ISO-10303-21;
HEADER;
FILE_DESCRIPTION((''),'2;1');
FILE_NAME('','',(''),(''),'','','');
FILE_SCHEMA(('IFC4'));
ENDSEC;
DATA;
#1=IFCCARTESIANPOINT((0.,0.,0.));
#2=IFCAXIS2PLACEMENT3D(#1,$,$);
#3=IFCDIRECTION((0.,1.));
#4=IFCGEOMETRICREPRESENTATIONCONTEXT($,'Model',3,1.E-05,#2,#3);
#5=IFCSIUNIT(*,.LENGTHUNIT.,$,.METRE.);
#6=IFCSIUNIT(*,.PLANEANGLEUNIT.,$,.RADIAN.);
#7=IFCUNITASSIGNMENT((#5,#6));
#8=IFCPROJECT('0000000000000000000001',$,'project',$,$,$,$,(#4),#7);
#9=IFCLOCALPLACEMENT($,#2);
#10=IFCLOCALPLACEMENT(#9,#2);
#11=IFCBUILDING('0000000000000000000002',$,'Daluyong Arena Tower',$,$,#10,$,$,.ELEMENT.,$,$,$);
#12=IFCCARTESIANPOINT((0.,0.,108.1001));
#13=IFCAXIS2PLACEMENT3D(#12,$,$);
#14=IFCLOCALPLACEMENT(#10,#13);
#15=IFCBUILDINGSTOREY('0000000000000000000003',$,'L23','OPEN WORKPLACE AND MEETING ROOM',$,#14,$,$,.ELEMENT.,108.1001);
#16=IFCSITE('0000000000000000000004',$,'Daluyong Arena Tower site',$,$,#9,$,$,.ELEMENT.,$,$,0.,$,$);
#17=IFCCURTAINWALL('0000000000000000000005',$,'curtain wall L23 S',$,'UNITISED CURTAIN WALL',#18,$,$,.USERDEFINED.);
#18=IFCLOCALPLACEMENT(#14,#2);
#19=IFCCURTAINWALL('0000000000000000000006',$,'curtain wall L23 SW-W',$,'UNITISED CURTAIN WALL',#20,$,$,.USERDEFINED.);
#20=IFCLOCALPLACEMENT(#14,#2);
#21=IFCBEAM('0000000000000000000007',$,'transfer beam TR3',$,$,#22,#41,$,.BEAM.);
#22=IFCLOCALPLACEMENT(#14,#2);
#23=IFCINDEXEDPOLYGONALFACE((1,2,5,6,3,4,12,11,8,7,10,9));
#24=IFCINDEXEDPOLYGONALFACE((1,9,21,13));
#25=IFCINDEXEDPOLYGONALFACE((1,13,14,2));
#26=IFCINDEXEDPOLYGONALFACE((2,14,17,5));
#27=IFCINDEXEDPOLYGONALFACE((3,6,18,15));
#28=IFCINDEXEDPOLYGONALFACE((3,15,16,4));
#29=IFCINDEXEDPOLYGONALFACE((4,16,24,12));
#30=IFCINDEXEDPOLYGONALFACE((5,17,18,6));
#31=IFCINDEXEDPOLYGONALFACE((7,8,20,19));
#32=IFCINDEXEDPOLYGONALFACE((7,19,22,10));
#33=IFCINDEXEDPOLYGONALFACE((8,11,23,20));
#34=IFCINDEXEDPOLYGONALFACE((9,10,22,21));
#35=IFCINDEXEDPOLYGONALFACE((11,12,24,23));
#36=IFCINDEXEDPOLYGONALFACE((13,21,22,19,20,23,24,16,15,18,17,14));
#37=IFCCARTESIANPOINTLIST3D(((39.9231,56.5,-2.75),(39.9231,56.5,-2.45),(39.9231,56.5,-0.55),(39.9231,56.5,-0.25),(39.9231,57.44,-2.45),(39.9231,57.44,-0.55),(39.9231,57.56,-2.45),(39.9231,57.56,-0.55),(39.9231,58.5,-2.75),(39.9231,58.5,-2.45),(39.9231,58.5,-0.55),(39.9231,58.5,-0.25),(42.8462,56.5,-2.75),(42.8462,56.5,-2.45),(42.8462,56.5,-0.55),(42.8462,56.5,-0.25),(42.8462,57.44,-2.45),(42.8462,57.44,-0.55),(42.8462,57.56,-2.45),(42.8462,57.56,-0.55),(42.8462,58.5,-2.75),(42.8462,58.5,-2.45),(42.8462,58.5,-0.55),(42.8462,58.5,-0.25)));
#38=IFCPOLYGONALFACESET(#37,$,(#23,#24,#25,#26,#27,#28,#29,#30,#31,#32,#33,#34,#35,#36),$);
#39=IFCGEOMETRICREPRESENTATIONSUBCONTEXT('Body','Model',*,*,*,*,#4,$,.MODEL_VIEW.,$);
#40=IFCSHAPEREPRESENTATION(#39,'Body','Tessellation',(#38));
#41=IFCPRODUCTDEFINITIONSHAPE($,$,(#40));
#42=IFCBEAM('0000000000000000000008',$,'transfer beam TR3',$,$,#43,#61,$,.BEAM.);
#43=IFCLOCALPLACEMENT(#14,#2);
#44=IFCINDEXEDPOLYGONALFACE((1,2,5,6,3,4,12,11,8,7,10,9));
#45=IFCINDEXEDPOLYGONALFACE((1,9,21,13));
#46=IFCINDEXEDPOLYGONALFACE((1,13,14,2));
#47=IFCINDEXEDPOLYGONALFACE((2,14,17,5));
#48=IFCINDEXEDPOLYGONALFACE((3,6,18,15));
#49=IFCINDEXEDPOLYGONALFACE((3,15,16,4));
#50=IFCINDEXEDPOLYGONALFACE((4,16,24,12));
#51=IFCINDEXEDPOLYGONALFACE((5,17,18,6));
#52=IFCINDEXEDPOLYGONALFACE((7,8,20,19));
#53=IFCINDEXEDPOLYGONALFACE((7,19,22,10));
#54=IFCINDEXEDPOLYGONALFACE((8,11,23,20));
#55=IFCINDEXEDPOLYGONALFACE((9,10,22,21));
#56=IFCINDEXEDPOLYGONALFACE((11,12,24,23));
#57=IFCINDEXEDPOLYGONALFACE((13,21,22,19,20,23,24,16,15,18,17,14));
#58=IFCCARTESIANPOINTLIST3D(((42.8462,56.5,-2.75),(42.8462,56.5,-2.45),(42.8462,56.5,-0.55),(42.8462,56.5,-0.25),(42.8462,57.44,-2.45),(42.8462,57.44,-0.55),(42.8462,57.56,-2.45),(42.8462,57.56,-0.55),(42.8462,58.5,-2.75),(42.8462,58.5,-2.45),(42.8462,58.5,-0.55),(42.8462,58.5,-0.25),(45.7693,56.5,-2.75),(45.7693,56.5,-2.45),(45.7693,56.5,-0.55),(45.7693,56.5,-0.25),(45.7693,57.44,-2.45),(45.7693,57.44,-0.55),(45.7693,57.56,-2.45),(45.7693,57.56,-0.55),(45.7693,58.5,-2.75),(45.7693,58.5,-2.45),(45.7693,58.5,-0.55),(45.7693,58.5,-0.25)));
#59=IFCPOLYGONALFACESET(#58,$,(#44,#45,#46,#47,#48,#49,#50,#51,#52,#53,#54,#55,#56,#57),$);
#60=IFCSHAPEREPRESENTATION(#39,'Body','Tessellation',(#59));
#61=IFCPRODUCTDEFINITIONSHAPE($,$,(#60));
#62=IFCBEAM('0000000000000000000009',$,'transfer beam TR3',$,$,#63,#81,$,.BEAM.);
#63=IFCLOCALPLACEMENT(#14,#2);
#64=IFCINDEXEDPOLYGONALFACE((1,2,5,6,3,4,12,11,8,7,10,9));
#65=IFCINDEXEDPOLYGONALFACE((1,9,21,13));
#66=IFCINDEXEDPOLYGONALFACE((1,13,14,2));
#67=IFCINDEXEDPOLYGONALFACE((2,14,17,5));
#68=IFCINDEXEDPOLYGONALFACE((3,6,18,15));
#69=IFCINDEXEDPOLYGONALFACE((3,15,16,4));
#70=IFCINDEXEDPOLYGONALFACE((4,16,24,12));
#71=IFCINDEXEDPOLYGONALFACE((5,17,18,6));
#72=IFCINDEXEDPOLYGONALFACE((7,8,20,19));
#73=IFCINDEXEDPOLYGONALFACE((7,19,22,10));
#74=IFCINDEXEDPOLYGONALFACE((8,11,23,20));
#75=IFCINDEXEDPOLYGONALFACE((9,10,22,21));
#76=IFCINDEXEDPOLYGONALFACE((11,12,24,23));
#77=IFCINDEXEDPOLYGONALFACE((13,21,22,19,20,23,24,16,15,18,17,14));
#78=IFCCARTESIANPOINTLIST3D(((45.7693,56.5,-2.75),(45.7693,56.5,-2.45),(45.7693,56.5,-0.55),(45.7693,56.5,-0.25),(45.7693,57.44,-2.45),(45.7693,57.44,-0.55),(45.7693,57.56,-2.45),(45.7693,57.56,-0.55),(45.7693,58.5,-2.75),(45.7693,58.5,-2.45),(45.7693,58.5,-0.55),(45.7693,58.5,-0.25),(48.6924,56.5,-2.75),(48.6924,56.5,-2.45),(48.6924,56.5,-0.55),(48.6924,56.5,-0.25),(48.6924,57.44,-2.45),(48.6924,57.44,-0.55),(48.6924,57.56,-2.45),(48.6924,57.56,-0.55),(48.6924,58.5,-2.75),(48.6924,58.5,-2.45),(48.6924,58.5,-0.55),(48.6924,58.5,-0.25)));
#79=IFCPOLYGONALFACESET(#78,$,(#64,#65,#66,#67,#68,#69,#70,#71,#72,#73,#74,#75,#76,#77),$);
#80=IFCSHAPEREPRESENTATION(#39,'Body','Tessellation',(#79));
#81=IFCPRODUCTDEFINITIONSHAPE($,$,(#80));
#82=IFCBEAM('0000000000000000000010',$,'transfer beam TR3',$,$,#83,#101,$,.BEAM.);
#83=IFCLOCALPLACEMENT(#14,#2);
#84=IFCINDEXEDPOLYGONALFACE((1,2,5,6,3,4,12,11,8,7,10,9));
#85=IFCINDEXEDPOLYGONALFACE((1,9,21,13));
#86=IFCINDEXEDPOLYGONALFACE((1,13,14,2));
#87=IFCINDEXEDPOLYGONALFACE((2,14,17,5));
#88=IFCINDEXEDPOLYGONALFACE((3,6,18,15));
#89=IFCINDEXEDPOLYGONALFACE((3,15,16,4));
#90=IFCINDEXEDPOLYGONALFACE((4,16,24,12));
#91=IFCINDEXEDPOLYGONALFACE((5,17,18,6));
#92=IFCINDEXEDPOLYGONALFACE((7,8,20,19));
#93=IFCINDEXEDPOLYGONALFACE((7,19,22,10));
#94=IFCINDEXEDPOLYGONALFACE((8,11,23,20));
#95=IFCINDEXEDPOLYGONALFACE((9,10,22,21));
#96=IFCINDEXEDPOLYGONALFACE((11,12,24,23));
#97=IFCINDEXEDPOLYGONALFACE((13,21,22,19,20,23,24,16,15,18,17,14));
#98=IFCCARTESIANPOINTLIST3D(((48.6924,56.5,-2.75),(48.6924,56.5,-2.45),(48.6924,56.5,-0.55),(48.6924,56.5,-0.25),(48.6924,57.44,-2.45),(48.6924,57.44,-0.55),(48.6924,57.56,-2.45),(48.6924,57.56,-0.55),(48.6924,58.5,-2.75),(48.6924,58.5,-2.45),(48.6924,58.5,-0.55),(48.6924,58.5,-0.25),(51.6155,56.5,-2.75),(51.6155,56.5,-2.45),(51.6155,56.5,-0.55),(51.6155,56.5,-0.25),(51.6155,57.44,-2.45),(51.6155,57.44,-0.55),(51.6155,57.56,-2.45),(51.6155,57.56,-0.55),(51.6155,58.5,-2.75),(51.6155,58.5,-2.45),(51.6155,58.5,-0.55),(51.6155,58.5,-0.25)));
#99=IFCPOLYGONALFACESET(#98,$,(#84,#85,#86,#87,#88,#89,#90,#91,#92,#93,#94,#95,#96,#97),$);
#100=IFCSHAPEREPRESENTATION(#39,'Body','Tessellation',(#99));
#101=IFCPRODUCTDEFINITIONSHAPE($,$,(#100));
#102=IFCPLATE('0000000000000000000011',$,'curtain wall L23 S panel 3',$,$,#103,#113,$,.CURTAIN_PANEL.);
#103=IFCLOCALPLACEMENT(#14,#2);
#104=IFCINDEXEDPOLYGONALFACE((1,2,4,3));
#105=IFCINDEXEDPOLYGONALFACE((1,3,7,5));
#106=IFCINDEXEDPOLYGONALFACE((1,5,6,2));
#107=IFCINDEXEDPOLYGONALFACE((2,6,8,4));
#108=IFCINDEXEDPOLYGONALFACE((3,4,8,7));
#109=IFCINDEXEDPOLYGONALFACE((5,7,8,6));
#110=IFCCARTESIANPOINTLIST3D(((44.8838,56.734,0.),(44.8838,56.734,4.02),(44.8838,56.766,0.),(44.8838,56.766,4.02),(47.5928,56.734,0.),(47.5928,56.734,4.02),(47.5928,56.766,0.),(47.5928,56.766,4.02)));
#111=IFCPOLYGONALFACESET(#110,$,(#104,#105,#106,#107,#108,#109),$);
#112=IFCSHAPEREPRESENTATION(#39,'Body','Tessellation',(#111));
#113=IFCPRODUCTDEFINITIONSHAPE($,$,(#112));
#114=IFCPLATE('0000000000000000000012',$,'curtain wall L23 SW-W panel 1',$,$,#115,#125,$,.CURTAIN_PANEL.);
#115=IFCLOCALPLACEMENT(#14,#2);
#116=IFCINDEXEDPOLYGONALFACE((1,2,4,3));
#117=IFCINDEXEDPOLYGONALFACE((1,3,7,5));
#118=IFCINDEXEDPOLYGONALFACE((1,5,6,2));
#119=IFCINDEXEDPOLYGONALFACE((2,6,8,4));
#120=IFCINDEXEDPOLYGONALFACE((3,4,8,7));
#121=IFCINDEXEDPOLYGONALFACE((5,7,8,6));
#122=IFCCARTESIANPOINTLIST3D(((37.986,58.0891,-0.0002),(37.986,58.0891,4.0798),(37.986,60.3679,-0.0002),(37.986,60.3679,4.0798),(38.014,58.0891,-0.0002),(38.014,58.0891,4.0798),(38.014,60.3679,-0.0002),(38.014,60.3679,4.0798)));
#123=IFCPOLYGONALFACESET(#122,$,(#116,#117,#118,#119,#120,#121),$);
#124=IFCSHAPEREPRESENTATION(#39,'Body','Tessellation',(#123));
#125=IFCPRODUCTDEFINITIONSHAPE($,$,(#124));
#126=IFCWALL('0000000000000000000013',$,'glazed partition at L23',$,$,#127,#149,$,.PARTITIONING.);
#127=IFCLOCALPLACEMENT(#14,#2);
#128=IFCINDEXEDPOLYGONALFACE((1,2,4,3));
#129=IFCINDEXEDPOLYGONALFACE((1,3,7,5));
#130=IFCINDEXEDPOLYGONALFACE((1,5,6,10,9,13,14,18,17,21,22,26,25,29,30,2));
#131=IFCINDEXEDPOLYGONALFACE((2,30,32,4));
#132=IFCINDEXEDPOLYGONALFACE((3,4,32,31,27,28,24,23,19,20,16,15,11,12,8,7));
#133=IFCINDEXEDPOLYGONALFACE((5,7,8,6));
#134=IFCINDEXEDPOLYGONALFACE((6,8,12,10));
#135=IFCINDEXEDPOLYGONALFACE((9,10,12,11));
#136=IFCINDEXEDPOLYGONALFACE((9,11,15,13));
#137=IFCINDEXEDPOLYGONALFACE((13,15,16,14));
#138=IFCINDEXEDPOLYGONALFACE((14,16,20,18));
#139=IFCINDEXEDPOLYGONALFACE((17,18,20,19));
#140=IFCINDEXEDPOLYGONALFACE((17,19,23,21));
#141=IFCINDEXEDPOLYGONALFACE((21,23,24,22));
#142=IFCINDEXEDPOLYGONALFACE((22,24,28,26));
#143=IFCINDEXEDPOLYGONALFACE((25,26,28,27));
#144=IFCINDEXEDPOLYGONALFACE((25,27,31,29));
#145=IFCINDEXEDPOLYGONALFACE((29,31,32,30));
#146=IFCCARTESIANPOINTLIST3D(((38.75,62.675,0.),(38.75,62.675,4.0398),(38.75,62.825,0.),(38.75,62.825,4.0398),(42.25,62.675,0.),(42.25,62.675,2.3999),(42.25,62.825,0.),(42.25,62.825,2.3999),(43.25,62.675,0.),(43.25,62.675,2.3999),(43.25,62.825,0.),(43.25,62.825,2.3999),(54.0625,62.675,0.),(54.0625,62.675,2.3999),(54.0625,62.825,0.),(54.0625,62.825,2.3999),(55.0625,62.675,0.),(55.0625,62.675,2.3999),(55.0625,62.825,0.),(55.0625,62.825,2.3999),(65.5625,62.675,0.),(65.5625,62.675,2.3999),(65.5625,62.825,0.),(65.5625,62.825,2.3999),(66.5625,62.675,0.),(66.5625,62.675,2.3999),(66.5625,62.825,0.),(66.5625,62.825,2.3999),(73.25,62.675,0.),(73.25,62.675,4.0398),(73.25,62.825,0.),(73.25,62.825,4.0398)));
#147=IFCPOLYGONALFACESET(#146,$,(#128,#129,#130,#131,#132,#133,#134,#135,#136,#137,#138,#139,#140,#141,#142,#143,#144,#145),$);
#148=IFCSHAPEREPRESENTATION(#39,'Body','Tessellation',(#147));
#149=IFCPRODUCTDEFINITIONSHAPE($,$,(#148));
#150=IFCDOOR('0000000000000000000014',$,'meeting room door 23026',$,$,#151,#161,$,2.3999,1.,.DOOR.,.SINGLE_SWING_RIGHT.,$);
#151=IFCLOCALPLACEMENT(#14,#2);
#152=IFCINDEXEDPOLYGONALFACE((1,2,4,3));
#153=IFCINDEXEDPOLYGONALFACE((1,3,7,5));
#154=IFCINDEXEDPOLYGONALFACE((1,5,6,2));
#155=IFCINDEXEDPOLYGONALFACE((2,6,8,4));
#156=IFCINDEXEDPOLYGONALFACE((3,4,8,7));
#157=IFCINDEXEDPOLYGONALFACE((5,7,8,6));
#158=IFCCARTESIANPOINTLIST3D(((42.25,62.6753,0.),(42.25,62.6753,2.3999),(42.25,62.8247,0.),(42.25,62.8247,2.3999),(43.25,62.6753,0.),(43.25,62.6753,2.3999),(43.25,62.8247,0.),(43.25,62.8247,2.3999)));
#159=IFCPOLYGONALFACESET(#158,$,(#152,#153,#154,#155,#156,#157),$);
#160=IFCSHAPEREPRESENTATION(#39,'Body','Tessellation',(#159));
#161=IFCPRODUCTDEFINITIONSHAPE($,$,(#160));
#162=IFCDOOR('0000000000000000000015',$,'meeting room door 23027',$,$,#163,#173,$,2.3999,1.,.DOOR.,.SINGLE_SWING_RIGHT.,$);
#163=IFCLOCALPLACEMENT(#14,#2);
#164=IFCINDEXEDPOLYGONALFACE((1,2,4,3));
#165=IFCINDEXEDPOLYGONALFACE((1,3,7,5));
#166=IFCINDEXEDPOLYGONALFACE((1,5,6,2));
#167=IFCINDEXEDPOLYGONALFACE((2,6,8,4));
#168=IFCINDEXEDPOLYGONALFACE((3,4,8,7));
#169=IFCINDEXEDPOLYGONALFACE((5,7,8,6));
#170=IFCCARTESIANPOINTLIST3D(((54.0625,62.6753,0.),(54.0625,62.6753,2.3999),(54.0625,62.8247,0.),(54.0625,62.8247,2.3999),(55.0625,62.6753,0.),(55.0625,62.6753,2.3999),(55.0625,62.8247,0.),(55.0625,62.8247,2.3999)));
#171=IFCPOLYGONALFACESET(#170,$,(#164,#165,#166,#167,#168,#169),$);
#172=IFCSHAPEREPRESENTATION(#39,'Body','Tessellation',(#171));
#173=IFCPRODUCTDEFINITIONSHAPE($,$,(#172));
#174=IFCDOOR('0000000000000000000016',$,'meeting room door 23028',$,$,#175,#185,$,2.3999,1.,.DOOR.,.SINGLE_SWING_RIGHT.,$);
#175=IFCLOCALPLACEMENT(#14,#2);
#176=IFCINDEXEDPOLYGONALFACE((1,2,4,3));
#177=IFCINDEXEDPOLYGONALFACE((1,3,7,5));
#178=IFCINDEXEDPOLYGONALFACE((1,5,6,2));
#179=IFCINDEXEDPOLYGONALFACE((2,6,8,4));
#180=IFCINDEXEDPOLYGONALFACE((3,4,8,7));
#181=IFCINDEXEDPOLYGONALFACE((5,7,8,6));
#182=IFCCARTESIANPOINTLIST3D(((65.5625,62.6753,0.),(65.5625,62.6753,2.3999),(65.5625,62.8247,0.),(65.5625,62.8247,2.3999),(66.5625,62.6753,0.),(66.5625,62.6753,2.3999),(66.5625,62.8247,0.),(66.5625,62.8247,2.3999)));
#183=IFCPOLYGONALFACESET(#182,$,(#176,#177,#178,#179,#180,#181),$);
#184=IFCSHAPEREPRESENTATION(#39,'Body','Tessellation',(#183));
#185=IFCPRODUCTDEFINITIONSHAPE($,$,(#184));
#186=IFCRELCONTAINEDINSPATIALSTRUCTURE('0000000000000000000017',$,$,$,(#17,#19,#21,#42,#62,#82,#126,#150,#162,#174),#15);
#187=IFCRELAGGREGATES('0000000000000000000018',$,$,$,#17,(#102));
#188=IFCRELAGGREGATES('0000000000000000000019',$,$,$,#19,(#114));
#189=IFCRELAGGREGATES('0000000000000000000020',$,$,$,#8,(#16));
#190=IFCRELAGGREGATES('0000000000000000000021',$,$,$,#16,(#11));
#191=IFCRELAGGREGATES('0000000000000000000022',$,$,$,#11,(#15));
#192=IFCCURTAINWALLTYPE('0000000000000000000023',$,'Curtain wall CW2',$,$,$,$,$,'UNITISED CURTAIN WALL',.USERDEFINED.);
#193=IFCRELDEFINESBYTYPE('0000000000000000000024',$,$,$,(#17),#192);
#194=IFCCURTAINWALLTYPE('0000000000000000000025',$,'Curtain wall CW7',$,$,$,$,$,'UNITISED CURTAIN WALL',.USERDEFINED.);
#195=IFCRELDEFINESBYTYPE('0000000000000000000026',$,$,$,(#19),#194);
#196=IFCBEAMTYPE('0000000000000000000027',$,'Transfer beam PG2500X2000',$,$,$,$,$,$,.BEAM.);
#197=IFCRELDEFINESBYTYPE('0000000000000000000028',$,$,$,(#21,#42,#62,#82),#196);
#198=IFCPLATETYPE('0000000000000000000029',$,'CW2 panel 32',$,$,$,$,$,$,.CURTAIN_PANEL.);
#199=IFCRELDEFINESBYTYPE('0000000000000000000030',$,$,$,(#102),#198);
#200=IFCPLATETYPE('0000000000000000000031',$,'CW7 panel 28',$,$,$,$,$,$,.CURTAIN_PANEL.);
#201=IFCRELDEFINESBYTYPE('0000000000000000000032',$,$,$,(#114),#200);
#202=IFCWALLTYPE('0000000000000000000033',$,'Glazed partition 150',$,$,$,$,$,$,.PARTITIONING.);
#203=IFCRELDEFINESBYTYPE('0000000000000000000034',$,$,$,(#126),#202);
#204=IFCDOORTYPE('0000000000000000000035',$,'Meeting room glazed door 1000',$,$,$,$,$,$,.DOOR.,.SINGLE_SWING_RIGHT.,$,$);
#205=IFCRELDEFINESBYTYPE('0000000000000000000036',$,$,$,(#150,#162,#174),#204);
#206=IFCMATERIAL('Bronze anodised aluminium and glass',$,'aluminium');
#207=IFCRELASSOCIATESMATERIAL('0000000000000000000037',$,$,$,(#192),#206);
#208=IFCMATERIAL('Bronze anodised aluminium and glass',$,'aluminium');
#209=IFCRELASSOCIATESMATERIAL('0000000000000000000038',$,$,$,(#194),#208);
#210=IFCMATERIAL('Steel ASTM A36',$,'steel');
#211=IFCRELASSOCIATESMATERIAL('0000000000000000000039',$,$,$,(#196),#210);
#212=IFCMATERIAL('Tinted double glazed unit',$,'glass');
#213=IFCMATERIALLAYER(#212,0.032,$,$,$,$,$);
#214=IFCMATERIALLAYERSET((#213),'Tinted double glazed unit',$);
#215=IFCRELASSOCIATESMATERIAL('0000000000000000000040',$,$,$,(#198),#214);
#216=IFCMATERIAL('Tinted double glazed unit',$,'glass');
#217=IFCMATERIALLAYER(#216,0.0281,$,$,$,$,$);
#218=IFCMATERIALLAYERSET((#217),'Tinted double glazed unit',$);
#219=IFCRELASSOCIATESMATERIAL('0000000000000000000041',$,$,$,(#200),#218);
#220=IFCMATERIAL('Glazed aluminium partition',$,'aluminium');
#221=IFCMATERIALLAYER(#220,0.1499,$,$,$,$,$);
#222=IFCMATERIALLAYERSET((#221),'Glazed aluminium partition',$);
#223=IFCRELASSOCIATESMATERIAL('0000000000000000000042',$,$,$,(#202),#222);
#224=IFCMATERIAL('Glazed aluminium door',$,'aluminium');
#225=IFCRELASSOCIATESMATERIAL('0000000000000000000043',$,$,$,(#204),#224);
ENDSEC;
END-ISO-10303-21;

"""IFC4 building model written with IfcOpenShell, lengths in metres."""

from ifc_helpers import new_model, si_unit, direction, frame, frame_2d, origin, origin_2d, place, context, subcontext, project, spatial, rectangle, i_section, extrude, material, layer, layer_set, material_profile, profile_set, type_object, element, fill, aggregate, save


model = new_model("IFC4")

# Units and contexts
model_context = context("Model", 3, precision=1e-05, world=origin(), true_north=direction((0.0, 1.0)))
body_context = subcontext(model_context, "Body", "Model", "MODEL_VIEW")
ifc_project = project(units=[si_unit("LENGTHUNIT", "METRE"), si_unit("PLANEANGLEUNIT", "RADIAN")], contexts=[model_context])

# Site, building, storey
site_placement = place(None, origin())
site = spatial("IfcSite", under=ifc_project, at=site_placement, Name="Daluyong Arena Tower site", CompositionType="ELEMENT", RefElevation=0.0)
building_placement = place(site_placement, origin())
building = spatial("IfcBuilding", under=site, at=building_placement, Name="Daluyong Arena Tower", CompositionType="ELEMENT")
storey_placement = place(building_placement, frame((0.0, 0.0, 108.1001)))
storey = spatial("IfcBuildingStorey", under=building, at=storey_placement, Name="L23", Description="OPEN WORKPLACE AND MEETING ROOM", CompositionType="ELEMENT", Elevation=108.1001)

# Curtain wall
ifc_material_1 = material(Name="Bronze anodised aluminium and glass", Category="aluminium")
curtain_wall_type_1 = type_object("IfcCurtainWallType", Name="Curtain wall CW2", ElementType="UNITISED CURTAIN WALL", PredefinedType="USERDEFINED", material=ifc_material_1)
curtain_wall_1_placement = place(storey_placement, origin())
curtain_wall_1 = element("IfcCurtainWall", 1, at=curtain_wall_1_placement, inside=storey, type_object=curtain_wall_type_1, Name="curtain wall L23 S", ObjectType="UNITISED CURTAIN WALL", PredefinedType="USERDEFINED")

# Curtain wall
ifc_material_2 = material(Name="Bronze anodised aluminium and glass", Category="aluminium")
curtain_wall_type_2 = type_object("IfcCurtainWallType", Name="Curtain wall CW7", ElementType="UNITISED CURTAIN WALL", PredefinedType="USERDEFINED", material=ifc_material_2)
curtain_wall_2_placement = place(storey_placement, origin())
curtain_wall_2 = element("IfcCurtainWall", 2, at=curtain_wall_2_placement, inside=storey, type_object=curtain_wall_type_2, Name="curtain wall L23 SW-W", ObjectType="UNITISED CURTAIN WALL", PredefinedType="USERDEFINED")

# Beams
ifc_material_3 = material(Name="Steel ASTM A36", Category="steel")
ifc_material_profile_1 = material_profile(ifc_material_3, i_section(OverallWidth=2.0, OverallDepth=2.5, WebThickness=0.12, FlangeThickness=0.3, at=origin_2d()))
ifc_profile_set_1 = profile_set([ifc_material_profile_1], Name="Steel ASTM A36")
beam_type_1 = type_object("IfcBeamType", Name="Transfer beam PG2500X2000", PredefinedType="BEAM", material=ifc_profile_set_1)
for number, where, z_axis, x_axis, name in (
    (3, (39.9231, 57.5, -1.5), (1.0, 0.0, 0.0), (0.0, 1.0, 0.0), "transfer beam TR3"),
    (4, (42.8462, 57.5, -1.5), (1.0, 0.0, 0.0), (0.0, 1.0, 0.0), "transfer beam TR3"),
    (5, (45.7693, 57.5, -1.5), (1.0, 0.0, 0.0), (0.0, 1.0, 0.0), "transfer beam TR3"),
    (6, (48.6924, 57.5, -1.5), (1.0, 0.0, 0.0), (0.0, 1.0, 0.0), "transfer beam TR3"),
):
    element("IfcBeam", number, at=place(storey_placement, frame(where, z_axis=z_axis, x_axis=x_axis)), inside=storey, type_object=beam_type_1, Name=name, PredefinedType="BEAM", context=body_context, shape_type="SweptSolid", body=[
        extrude(i_section(OverallWidth=2.0, OverallDepth=2.5, WebThickness=0.12, FlangeThickness=0.3, at=origin_2d()), origin(), (0.0, 0.0, 1.0), 2.9231),
    ])

# Plates
ifc_material_4 = material(Name="Tinted double glazed unit", Category="glass")
ifc_layer_1 = layer(ifc_material_4, 0.032)
ifc_layer_set_1 = layer_set([ifc_layer_1], Name="Tinted double glazed unit")
plate_type_1 = type_object("IfcPlateType", Name="CW2 panel 32", PredefinedType="CURTAIN_PANEL", material=ifc_layer_set_1)
plate_1_placement = place(storey_placement, frame((46.2383, 56.75, 0.0), z_axis=(0.0, 0.0, 1.0), x_axis=(1.0, 0.0, 0.0)))
plate_1 = element("IfcPlate", 7, at=plate_1_placement, type_object=plate_type_1, Name="curtain wall L23 S panel 3", PredefinedType="CURTAIN_PANEL", context=body_context, shape_type="SweptSolid", body=[
    extrude(rectangle(XDim=2.709, YDim=0.032, at=origin_2d()), origin(), (0.0, 0.0, 1.0), 4.02),
])
aggregate(curtain_wall_1, [plate_1])
ifc_material_5 = material(Name="Tinted double glazed unit", Category="glass")
ifc_layer_2 = layer(ifc_material_5, 0.0281)
ifc_layer_set_2 = layer_set([ifc_layer_2], Name="Tinted double glazed unit")
plate_type_2 = type_object("IfcPlateType", Name="CW7 panel 28", PredefinedType="CURTAIN_PANEL", material=ifc_layer_set_2)
plate_2_placement = place(storey_placement, frame((38.0, 59.2285, -0.0002), z_axis=(0.0, 0.0, 1.0), x_axis=(0.0, -1.0, 0.0)))
plate_2 = element("IfcPlate", 8, at=plate_2_placement, type_object=plate_type_2, Name="curtain wall L23 SW-W panel 1", PredefinedType="CURTAIN_PANEL", context=body_context, shape_type="SweptSolid", body=[
    extrude(rectangle(XDim=2.2788, YDim=0.0281, at=origin_2d()), origin(), (0.0, 0.0, 1.0), 4.0801),
])
aggregate(curtain_wall_2, [plate_2])

# Wall, openings, doors
ifc_material_6 = material(Name="Glazed aluminium partition", Category="aluminium")
ifc_layer_3 = layer(ifc_material_6, 0.1499)
ifc_layer_set_3 = layer_set([ifc_layer_3], Name="Glazed aluminium partition")
wall_type_1 = type_object("IfcWallType", Name="Glazed partition 150", PredefinedType="PARTITIONING", material=ifc_layer_set_3)
wall_1_placement = place(storey_placement, frame((38.75, 62.75, 0.0), z_axis=(0.0, 0.0, 1.0), x_axis=(1.0, 0.0, 0.0)))
wall_1 = element("IfcWall", 9, at=wall_1_placement, inside=storey, type_object=wall_type_1, Name="glazed partition at L23", PredefinedType="PARTITIONING", context=body_context, shape_type="SweptSolid", body=[
    extrude(rectangle(XDim=34.5, YDim=0.1499, at=frame_2d((17.25, 0.0))), origin(), (0.0, 0.0, 1.0), 4.0398),
])
opening_1_placement = place(wall_1_placement, frame((3.5, 0.0, 0.0)))
opening_1 = element("IfcOpeningElement", 10, at=opening_1_placement, cuts=wall_1, PredefinedType="OPENING", context=body_context, shape_type="SweptSolid", body=[
    extrude(rectangle(XDim=1.0, YDim=2.3999, at=frame_2d((0.5, 1.2))), frame((0.0, 0.085, 0.0), z_axis=(0.0, -1.0, 0.0), x_axis=(1.0, 0.0, 0.0)), (0.0, 0.0, 1.0), 0.1699),
])
opening_2_placement = place(wall_1_placement, frame((15.3125, 0.0, 0.0)))
opening_2 = element("IfcOpeningElement", 11, at=opening_2_placement, cuts=wall_1, PredefinedType="OPENING", context=body_context, shape_type="SweptSolid", body=[
    extrude(rectangle(XDim=1.0, YDim=2.3999, at=frame_2d((0.5, 1.2))), frame((0.0, 0.085, 0.0), z_axis=(0.0, -1.0, 0.0), x_axis=(1.0, 0.0, 0.0)), (0.0, 0.0, 1.0), 0.1699),
])
opening_3_placement = place(wall_1_placement, frame((26.8125, 0.0, 0.0)))
opening_3 = element("IfcOpeningElement", 12, at=opening_3_placement, cuts=wall_1, PredefinedType="OPENING", context=body_context, shape_type="SweptSolid", body=[
    extrude(rectangle(XDim=1.0, YDim=2.3999, at=frame_2d((0.5, 1.2))), frame((0.0, 0.085, 0.0), z_axis=(0.0, -1.0, 0.0), x_axis=(1.0, 0.0, 0.0)), (0.0, 0.0, 1.0), 0.1699),
])
ifc_material_7 = material(Name="Glazed aluminium door", Category="aluminium")
door_type_1 = type_object("IfcDoorType", Name="Meeting room glazed door 1000", OperationType="SINGLE_SWING_RIGHT", PredefinedType="DOOR", material=ifc_material_7)
door_1_placement = place(opening_1_placement, origin())
door_1 = element("IfcDoor", 13, at=door_1_placement, inside=storey, type_object=door_type_1, Name="meeting room door 23026", OperationType="SINGLE_SWING_RIGHT", OverallHeight=2.3999, OverallWidth=1.0, PredefinedType="DOOR", context=body_context, shape_type="SweptSolid", body=[
    extrude(rectangle(XDim=1.0, YDim=2.3999, at=frame_2d((0.5, 1.2))), frame((0.0, 0.0747, 0.0), z_axis=(0.0, -1.0, 0.0), x_axis=(1.0, 0.0, 0.0)), (0.0, 0.0, 1.0), 0.1494),
])
fill(opening_1, door_1)
door_2_placement = place(opening_2_placement, origin())
door_2 = element("IfcDoor", 14, at=door_2_placement, inside=storey, type_object=door_type_1, Name="meeting room door 23027", OperationType="SINGLE_SWING_RIGHT", OverallHeight=2.3999, OverallWidth=1.0, PredefinedType="DOOR", context=body_context, shape_type="SweptSolid", body=[
    extrude(rectangle(XDim=1.0, YDim=2.3999, at=frame_2d((0.5, 1.2))), frame((0.0, 0.0747, 0.0), z_axis=(0.0, -1.0, 0.0), x_axis=(1.0, 0.0, 0.0)), (0.0, 0.0, 1.0), 0.1494),
])
fill(opening_2, door_2)
door_3_placement = place(opening_3_placement, origin())
door_3 = element("IfcDoor", 15, at=door_3_placement, inside=storey, type_object=door_type_1, Name="meeting room door 23028", OperationType="SINGLE_SWING_RIGHT", OverallHeight=2.3999, OverallWidth=1.0, PredefinedType="DOOR", context=body_context, shape_type="SweptSolid", body=[
    extrude(rectangle(XDim=1.0, YDim=2.3999, at=frame_2d((0.5, 1.2))), frame((0.0, 0.0747, 0.0), z_axis=(0.0, -1.0, 0.0), x_axis=(1.0, 0.0, 0.0)), (0.0, 0.0, 1.0), 0.1494),
])
fill(opening_3, door_3)

save(model, "model.ifc")
